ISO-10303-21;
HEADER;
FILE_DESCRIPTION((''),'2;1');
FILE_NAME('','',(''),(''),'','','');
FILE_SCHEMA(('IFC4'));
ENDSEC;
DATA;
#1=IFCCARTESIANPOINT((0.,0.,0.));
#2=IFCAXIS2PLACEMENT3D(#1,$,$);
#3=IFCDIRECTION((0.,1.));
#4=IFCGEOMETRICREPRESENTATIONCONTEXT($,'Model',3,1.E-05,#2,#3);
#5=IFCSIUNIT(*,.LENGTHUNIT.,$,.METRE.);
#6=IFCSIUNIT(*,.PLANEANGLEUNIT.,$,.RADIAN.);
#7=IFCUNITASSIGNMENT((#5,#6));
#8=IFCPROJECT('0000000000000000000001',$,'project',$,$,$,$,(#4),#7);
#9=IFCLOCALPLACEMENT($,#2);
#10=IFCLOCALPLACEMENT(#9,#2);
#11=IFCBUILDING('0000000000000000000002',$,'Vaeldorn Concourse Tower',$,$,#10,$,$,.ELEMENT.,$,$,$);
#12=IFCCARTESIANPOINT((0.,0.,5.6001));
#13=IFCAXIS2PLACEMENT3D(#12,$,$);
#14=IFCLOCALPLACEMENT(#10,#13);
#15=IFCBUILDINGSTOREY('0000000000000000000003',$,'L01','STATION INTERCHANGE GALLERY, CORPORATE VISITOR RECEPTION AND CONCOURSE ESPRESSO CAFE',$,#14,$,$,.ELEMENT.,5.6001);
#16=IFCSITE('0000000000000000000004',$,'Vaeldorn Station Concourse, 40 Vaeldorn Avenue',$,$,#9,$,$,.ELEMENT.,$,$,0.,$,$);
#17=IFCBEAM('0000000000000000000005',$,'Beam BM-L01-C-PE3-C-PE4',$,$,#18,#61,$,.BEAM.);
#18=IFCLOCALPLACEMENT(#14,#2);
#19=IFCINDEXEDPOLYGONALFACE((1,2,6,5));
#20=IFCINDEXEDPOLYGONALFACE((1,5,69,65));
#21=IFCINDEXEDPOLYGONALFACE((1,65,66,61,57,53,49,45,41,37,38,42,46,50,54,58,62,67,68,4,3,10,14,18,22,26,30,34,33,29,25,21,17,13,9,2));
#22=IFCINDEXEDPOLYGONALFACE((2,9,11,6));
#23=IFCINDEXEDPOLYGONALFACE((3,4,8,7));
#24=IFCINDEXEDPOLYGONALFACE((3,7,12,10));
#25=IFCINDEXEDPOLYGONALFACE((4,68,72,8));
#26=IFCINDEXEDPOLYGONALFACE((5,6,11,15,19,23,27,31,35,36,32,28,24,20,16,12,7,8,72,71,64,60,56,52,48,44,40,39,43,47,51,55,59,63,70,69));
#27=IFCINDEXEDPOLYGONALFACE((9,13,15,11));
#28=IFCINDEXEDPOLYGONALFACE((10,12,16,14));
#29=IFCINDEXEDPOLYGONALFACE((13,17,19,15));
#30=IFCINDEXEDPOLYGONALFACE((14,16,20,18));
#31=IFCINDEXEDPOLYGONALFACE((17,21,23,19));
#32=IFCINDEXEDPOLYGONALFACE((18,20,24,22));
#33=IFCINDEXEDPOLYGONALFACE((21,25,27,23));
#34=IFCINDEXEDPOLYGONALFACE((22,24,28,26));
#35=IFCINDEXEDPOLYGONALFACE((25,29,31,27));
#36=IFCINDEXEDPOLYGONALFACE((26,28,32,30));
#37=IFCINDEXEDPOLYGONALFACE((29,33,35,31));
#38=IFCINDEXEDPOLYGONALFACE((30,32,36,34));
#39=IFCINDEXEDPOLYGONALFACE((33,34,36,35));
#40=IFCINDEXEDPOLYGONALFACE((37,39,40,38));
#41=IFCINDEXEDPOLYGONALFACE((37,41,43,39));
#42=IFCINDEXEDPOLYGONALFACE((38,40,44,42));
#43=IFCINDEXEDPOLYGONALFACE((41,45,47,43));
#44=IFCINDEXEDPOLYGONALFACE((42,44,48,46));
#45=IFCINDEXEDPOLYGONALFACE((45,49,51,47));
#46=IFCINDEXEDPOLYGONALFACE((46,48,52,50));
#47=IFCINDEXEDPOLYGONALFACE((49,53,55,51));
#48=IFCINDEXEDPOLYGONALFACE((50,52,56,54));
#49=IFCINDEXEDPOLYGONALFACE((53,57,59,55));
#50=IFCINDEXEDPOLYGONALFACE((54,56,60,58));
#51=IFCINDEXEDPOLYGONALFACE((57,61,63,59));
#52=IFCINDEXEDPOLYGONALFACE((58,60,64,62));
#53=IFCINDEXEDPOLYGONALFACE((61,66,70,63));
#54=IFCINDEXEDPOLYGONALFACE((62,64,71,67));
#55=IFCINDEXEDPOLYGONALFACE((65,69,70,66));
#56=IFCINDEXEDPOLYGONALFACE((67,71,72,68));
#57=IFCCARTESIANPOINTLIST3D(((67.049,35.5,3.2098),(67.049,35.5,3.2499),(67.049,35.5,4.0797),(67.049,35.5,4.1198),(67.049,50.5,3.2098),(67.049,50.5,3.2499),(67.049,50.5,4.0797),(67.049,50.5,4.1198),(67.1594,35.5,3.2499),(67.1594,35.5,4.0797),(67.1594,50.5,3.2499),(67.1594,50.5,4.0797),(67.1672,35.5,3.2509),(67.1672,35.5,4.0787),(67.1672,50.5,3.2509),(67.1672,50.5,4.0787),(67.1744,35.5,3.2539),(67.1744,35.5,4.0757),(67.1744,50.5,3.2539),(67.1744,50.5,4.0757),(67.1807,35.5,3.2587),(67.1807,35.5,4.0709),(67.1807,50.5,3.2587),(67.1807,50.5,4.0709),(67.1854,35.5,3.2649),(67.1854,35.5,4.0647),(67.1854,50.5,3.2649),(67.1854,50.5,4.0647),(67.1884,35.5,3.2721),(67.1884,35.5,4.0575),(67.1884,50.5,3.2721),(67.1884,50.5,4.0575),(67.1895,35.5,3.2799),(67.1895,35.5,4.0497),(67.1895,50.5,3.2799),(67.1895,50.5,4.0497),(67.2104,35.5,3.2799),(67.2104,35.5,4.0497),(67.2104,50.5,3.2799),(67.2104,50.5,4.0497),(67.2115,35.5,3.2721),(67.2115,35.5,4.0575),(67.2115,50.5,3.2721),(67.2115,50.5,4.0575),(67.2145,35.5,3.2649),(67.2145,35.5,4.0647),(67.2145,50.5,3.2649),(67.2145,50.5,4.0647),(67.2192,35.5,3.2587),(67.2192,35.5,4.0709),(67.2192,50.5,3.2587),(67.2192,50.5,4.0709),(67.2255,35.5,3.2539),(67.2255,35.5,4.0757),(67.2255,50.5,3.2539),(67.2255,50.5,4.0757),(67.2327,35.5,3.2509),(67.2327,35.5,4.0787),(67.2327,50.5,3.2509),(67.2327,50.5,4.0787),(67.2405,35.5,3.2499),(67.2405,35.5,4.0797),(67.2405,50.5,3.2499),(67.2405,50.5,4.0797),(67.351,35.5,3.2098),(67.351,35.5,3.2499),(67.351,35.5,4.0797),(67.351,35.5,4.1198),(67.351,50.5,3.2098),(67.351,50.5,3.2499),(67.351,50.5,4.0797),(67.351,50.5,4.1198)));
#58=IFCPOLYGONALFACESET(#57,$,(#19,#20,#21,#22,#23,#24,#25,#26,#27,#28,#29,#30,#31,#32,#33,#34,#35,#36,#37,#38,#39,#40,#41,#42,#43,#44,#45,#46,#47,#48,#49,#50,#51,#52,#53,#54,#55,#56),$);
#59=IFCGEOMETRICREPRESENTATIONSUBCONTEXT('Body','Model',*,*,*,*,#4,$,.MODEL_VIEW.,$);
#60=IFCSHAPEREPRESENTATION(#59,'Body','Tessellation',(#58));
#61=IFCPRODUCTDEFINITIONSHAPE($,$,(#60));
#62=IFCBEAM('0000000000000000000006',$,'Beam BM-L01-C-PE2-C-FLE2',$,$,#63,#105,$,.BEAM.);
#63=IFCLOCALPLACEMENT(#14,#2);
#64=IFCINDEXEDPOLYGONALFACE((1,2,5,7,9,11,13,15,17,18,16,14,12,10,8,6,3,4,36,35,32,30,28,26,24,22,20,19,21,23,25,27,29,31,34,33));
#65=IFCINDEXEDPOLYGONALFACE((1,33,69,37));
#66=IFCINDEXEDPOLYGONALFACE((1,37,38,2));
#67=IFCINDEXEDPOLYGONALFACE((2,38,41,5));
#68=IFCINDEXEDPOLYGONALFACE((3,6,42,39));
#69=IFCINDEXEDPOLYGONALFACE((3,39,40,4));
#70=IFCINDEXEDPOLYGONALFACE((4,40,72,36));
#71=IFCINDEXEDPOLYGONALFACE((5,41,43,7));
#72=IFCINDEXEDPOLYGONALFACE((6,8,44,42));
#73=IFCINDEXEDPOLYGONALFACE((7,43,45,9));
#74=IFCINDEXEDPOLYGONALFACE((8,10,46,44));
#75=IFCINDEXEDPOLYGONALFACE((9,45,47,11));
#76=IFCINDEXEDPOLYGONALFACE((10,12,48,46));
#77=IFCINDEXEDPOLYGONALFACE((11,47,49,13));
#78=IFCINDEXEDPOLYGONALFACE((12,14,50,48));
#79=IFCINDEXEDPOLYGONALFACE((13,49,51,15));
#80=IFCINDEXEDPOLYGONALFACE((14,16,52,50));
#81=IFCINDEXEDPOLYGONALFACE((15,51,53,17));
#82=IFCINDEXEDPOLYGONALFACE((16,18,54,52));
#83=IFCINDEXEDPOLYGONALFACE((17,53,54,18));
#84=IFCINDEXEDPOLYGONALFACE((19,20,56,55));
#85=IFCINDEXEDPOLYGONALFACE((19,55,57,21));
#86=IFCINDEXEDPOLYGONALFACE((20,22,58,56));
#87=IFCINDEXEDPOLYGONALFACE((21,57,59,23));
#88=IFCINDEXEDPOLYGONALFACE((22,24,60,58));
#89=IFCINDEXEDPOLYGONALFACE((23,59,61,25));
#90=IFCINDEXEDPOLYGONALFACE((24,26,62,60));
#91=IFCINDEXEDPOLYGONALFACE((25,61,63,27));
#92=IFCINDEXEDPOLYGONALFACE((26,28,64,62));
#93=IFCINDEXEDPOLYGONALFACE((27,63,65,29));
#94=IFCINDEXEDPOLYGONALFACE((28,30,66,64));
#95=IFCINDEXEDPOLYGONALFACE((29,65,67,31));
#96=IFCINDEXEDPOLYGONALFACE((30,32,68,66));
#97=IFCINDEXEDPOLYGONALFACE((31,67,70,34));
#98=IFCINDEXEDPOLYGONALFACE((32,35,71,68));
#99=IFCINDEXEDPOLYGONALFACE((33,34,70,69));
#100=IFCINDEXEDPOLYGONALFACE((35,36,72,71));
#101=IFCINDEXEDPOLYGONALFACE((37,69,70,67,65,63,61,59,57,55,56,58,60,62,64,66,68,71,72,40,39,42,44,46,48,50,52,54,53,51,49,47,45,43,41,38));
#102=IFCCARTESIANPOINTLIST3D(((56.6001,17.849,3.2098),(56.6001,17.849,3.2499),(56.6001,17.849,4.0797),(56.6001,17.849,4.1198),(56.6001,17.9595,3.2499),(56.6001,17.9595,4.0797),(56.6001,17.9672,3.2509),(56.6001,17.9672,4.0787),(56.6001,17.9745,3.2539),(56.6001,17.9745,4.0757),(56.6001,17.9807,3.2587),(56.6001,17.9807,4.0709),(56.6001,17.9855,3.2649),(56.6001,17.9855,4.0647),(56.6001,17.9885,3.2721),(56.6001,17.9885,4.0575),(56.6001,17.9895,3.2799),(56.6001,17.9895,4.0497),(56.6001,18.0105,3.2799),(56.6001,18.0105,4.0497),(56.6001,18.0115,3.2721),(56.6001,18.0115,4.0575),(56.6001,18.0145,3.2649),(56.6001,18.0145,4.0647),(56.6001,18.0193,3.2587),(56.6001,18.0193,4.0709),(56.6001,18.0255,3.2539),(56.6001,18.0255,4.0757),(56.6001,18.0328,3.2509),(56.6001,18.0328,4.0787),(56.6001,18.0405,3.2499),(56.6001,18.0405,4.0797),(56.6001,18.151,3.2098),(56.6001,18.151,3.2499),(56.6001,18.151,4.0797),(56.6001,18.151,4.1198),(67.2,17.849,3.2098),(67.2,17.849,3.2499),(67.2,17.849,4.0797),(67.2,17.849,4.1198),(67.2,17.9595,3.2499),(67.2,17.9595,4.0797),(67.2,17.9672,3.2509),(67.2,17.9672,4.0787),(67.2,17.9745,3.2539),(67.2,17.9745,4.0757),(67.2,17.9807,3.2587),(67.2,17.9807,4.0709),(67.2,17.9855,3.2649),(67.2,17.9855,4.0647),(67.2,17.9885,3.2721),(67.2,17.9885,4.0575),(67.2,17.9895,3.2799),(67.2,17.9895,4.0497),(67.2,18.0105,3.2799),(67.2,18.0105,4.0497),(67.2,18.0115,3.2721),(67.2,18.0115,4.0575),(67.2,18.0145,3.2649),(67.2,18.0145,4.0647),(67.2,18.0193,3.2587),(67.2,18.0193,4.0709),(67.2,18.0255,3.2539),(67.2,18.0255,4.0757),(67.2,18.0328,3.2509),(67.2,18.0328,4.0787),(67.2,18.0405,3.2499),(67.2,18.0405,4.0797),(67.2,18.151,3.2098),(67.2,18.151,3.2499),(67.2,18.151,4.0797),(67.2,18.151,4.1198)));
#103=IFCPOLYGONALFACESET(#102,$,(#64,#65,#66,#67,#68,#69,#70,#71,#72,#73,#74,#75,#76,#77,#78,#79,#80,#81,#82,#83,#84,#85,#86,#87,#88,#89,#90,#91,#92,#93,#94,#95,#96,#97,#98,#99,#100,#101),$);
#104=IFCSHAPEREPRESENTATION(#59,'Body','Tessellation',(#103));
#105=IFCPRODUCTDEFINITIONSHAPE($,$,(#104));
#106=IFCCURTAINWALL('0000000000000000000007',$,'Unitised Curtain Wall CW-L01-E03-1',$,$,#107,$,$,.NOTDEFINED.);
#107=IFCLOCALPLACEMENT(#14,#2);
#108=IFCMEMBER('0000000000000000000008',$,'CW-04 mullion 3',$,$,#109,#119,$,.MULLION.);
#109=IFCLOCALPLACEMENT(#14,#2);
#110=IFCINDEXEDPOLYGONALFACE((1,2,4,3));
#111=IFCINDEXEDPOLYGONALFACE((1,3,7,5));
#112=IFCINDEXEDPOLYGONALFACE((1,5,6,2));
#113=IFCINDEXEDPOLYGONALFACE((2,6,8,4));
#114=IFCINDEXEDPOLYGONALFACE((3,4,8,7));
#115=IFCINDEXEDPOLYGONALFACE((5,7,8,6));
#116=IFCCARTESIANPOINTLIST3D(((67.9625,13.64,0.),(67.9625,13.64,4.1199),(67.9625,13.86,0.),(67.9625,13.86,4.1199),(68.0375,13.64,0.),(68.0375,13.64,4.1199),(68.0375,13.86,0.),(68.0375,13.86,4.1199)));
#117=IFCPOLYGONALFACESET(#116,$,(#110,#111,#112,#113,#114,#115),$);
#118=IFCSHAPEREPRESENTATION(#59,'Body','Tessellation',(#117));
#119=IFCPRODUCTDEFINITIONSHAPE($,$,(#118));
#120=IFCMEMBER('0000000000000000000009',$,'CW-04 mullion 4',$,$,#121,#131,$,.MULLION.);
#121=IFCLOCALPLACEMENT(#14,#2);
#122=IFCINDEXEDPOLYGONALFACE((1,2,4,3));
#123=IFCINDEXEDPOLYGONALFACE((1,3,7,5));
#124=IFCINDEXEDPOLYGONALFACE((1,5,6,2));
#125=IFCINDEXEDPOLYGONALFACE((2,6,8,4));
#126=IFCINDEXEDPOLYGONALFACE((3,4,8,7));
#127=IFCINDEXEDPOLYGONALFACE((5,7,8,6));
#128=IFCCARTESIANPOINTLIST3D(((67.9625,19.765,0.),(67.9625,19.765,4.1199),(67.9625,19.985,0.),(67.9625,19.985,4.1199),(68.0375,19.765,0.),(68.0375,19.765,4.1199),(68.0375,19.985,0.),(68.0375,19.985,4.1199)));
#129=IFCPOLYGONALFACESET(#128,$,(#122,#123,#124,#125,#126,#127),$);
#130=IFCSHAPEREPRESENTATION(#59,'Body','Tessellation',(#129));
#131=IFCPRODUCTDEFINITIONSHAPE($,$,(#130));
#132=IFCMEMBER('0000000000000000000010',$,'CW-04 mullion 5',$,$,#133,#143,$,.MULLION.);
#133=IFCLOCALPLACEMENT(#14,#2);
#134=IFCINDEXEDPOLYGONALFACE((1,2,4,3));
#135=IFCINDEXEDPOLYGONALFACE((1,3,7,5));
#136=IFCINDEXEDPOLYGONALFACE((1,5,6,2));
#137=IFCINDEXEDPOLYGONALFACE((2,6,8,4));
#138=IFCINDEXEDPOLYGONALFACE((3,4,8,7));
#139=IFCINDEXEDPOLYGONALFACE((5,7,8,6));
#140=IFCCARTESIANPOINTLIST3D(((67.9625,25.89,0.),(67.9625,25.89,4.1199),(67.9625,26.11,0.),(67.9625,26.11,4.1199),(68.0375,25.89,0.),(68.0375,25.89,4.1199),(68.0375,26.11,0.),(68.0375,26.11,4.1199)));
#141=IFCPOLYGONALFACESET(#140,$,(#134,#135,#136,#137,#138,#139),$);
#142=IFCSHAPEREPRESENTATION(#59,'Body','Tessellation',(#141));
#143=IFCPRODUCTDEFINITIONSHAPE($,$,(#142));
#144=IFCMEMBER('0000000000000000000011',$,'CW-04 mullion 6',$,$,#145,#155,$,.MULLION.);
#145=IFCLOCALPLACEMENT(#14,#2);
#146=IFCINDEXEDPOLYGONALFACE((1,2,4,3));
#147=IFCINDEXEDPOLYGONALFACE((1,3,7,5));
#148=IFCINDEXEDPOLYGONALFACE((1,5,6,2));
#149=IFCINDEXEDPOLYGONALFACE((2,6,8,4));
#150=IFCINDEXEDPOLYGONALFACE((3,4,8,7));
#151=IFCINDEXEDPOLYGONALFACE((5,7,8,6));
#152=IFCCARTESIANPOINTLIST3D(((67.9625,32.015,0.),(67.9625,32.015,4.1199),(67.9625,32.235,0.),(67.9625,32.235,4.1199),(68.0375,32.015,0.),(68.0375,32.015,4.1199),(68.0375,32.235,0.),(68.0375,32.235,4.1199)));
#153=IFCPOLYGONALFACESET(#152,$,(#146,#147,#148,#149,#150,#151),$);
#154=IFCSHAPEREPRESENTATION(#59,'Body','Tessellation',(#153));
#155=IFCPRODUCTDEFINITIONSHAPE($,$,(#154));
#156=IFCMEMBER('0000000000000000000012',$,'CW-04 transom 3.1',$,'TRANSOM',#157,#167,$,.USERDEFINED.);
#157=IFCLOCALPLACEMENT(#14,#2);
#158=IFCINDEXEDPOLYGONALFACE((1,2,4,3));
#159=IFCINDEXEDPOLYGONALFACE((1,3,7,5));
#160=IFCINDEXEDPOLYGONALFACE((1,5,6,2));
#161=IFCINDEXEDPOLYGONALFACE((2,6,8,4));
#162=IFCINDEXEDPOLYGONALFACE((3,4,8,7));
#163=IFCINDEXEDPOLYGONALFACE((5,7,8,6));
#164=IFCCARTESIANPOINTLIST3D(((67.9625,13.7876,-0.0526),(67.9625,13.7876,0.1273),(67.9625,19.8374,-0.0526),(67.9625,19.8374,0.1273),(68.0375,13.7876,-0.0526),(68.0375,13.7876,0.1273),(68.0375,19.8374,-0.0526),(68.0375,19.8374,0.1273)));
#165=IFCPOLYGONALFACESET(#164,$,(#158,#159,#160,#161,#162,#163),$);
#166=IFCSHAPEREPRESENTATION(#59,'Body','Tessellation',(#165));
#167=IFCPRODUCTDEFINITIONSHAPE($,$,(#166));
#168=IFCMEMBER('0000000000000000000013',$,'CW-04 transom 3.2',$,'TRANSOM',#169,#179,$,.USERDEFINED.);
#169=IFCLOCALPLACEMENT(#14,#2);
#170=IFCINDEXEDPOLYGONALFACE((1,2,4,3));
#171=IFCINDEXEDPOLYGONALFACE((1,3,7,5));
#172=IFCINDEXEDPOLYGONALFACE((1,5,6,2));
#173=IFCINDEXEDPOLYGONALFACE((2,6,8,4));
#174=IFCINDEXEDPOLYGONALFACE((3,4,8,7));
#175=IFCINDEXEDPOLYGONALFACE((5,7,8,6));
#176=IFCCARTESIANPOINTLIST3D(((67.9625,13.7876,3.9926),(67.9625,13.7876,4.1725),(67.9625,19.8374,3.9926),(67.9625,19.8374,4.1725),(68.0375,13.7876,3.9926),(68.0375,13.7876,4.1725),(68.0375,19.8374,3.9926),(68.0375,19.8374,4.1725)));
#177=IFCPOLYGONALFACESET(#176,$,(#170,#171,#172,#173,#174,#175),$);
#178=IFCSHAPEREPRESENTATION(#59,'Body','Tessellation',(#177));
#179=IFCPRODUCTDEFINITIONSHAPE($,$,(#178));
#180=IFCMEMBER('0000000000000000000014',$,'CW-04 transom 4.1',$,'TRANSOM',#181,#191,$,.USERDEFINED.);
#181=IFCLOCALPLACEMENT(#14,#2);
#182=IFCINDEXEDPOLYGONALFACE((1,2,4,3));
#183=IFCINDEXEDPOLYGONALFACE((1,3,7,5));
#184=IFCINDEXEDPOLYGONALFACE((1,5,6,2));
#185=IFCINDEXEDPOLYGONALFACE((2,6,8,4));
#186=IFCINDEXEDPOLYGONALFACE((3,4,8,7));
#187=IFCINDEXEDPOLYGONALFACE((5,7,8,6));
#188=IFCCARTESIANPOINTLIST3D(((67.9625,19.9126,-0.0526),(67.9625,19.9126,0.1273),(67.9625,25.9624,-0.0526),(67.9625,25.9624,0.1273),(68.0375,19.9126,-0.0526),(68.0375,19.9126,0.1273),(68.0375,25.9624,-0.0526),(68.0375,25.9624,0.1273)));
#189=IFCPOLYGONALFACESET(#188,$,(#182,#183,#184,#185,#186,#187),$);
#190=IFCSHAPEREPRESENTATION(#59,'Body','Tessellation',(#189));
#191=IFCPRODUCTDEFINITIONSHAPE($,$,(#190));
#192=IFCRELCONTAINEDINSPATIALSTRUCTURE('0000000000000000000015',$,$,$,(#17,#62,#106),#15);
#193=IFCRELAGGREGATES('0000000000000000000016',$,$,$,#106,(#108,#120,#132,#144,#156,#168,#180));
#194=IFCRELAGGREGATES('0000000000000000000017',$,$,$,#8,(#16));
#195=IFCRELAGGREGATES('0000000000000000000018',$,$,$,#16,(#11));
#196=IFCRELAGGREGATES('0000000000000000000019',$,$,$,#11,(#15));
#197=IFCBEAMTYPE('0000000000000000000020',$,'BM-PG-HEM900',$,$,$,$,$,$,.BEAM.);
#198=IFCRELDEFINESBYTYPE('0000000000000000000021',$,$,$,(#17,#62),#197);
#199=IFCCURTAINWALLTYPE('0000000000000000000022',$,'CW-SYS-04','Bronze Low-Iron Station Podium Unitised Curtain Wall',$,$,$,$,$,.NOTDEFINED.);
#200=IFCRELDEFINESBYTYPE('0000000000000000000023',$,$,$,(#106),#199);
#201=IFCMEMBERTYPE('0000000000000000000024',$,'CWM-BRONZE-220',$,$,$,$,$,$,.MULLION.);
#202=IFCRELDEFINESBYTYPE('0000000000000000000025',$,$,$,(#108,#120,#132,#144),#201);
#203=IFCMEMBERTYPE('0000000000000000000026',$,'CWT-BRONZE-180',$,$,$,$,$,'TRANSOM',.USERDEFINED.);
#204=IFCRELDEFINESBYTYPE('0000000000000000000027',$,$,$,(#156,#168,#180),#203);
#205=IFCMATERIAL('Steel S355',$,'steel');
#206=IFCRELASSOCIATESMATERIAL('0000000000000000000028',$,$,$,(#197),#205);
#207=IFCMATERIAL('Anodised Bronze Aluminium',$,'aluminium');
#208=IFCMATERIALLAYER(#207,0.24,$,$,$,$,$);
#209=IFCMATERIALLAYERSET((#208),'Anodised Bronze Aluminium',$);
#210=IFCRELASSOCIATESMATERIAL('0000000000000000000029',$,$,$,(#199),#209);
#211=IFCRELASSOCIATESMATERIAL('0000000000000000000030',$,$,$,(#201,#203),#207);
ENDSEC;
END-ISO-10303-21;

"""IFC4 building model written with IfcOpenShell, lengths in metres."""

from ifc_helpers import new_model, si_unit, direction, frame, origin, origin_2d, place, context, subcontext, project, spatial, rectangle, i_section, extrude, source, transform, mapped, material, layer, layer_set, material_profile, profile_set, type_object, element, aggregate, save


model = new_model("IFC4")

# Units and contexts
model_context = context("Model", 3, precision=1e-05, world=origin(), true_north=direction((0.0, 1.0)))
body_context = subcontext(model_context, "Body", "Model", "MODEL_VIEW")
ifc_project = project(units=[si_unit("LENGTHUNIT", "METRE"), si_unit("PLANEANGLEUNIT", "RADIAN")], contexts=[model_context])

# Site, building, storey
site_placement = place(None, origin())
site = spatial("IfcSite", under=ifc_project, at=site_placement, Name="Vaeldorn Station Concourse, 40 Vaeldorn Avenue", CompositionType="ELEMENT", RefElevation=0.0)
building_placement = place(site_placement, origin())
building = spatial("IfcBuilding", under=site, at=building_placement, Name="Vaeldorn Concourse Tower", CompositionType="ELEMENT")
storey_placement = place(building_placement, frame((0.0, 0.0, 5.6001)))
storey = spatial("IfcBuildingStorey", under=building, at=storey_placement, Name="L01", Description="STATION INTERCHANGE GALLERY, CORPORATE VISITOR RECEPTION AND CONCOURSE ESPRESSO CAFE", CompositionType="ELEMENT", Elevation=5.6001)

# Beams
ifc_material_1 = material(Name="Steel S355", Category="steel")
ifc_material_profile_1 = material_profile(ifc_material_1, i_section(OverallWidth=0.302, OverallDepth=0.9099, WebThickness=0.021, FlangeThickness=0.04, FilletRadius=0.03, at=origin_2d()), Name="HEM 900")
ifc_profile_set_1 = profile_set([ifc_material_profile_1], Name="Steel S355")
beam_type = type_object("IfcBeamType", Name="BM-PG-HEM900", PredefinedType="BEAM", material=ifc_profile_set_1)
shared_shape_1 = source(origin(), body_context, "Body", "SweptSolid", [
    extrude(i_section(OverallWidth=0.302, OverallDepth=0.9099, WebThickness=0.021, FlangeThickness=0.04, FilletRadius=0.03, at=origin_2d()), origin(), (0.0, 0.0, 1.0), 15.0),
])
beam_1_placement = place(storey_placement, frame((67.2, 35.5, 3.6648), z_axis=(0.0, 1.0, 0.0), x_axis=(-1.0, 0.0, 0.0)))
element("IfcBeam", 1, at=beam_1_placement, inside=storey, type_object=beam_type, Name="Beam BM-L01-C-PE3-C-PE4", PredefinedType="BEAM", context=body_context, shape_type="MappedRepresentation", body=[
    mapped(shared_shape_1, transform((0.0, 0.0, 0.0), scale=1.0)),
])
shared_shape_2 = source(origin(), body_context, "Body", "SweptSolid", [
    extrude(i_section(OverallWidth=0.302, OverallDepth=0.9099, WebThickness=0.021, FlangeThickness=0.04, FilletRadius=0.03, at=origin_2d()), origin(), (0.0, 0.0, 1.0), 10.5999),
])
beam_2_placement = place(storey_placement, frame((67.2, 18.0, 3.6648), z_axis=(-1.0, 0.0, 0.0), x_axis=(0.0, -1.0, 0.0)))
element("IfcBeam", 2, at=beam_2_placement, inside=storey, type_object=beam_type, Name="Beam BM-L01-C-PE2-C-FLE2", PredefinedType="BEAM", context=body_context, shape_type="MappedRepresentation", body=[
    mapped(shared_shape_2, transform((0.0, 0.0, 0.0), scale=1.0)),
])

# Curtain wall, members
ifc_material_2 = material(Name="Anodised Bronze Aluminium", Category="aluminium")
ifc_layer_1 = layer(ifc_material_2, 0.24)
ifc_layer_set_1 = layer_set([ifc_layer_1], Name="Anodised Bronze Aluminium")
curtain_wall_type = type_object("IfcCurtainWallType", Name="CW-SYS-04", Description="Bronze Low-Iron Station Podium Unitised Curtain Wall", PredefinedType="NOTDEFINED", material=ifc_layer_set_1)
curtain_wall_placement = place(storey_placement, origin())
curtain_wall = element("IfcCurtainWall", 3, at=curtain_wall_placement, inside=storey, type_object=curtain_wall_type, Name="Unitised Curtain Wall CW-L01-E03-1", PredefinedType="NOTDEFINED")
ifc_material_profile_2 = material_profile(ifc_material_2, rectangle(XDim=0.075, YDim=0.22, at=origin_2d()), Name="CWM 75x220")
ifc_profile_set_2 = profile_set([ifc_material_profile_2], Name="Anodised Bronze Aluminium")
member_type_1 = type_object("IfcMemberType", Name="CWM-BRONZE-220", PredefinedType="MULLION", material=ifc_profile_set_2)
shared_shape_3 = source(origin(), body_context, "Body", "SweptSolid", [
    extrude(rectangle(XDim=0.075, YDim=0.22, at=origin_2d()), origin(), (0.0, 0.0, 1.0), 4.1199),
])
member_1_placement = place(storey_placement, frame((68.0, 13.75, 0.0), z_axis=(0.0, 0.0, 1.0), x_axis=(-1.0, 0.0, 0.0)))
member_1 = element("IfcMember", 4, at=member_1_placement, type_object=member_type_1, Name="CW-04 mullion 3", PredefinedType="MULLION", context=body_context, shape_type="MappedRepresentation", body=[
    mapped(shared_shape_3, transform((0.0, 0.0, 0.0), scale=1.0)),
])
member_2_placement = place(storey_placement, frame((68.0, 19.875, 0.0), z_axis=(0.0, 0.0, 1.0), x_axis=(-1.0, 0.0, 0.0)))
member_2 = element("IfcMember", 5, at=member_2_placement, type_object=member_type_1, Name="CW-04 mullion 4", PredefinedType="MULLION", context=body_context, shape_type="MappedRepresentation", body=[
    mapped(shared_shape_3, transform((0.0, 0.0, 0.0), scale=1.0)),
])
member_3_placement = place(storey_placement, frame((68.0, 26.0, 0.0), z_axis=(0.0, 0.0, 1.0), x_axis=(-1.0, 0.0, 0.0)))
member_3 = element("IfcMember", 6, at=member_3_placement, type_object=member_type_1, Name="CW-04 mullion 5", PredefinedType="MULLION", context=body_context, shape_type="MappedRepresentation", body=[
    mapped(shared_shape_3, transform((0.0, 0.0, 0.0), scale=1.0)),
])
member_4_placement = place(storey_placement, frame((68.0, 32.125, 0.0), z_axis=(0.0, 0.0, 1.0), x_axis=(-1.0, 0.0, 0.0)))
member_4 = element("IfcMember", 7, at=member_4_placement, type_object=member_type_1, Name="CW-04 mullion 6", PredefinedType="MULLION", context=body_context, shape_type="MappedRepresentation", body=[
    mapped(shared_shape_3, transform((0.0, 0.0, 0.0), scale=1.0)),
])
ifc_material_profile_3 = material_profile(ifc_material_2, rectangle(XDim=0.075, YDim=0.1799, at=origin_2d()), Name="CWT 75x180")
ifc_profile_set_3 = profile_set([ifc_material_profile_3], Name="Anodised Bronze Aluminium")
member_type_2 = type_object("IfcMemberType", Name="CWT-BRONZE-180", ElementType="TRANSOM", PredefinedType="USERDEFINED", material=ifc_profile_set_3)
shared_shape_4 = source(origin(), body_context, "Body", "SweptSolid", [
    extrude(rectangle(XDim=0.075, YDim=0.1799, at=origin_2d()), origin(), (0.0, 0.0, 1.0), 6.0498),
])
member_5_placement = place(storey_placement, frame((68.0, 13.7876, 0.0374), z_axis=(0.0, 1.0, 0.0), x_axis=(-1.0, 0.0, 0.0)))
member_5 = element("IfcMember", 8, at=member_5_placement, type_object=member_type_2, Name="CW-04 transom 3.1", ObjectType="TRANSOM", PredefinedType="USERDEFINED", context=body_context, shape_type="MappedRepresentation", body=[
    mapped(shared_shape_4, transform((0.0, 0.0, 0.0), scale=1.0)),
])
member_6_placement = place(storey_placement, frame((68.0, 13.7876, 4.0825), z_axis=(0.0, 1.0, 0.0), x_axis=(-1.0, 0.0, 0.0)))
member_6 = element("IfcMember", 9, at=member_6_placement, type_object=member_type_2, Name="CW-04 transom 3.2", ObjectType="TRANSOM", PredefinedType="USERDEFINED", context=body_context, shape_type="MappedRepresentation", body=[
    mapped(shared_shape_4, transform((0.0, 0.0, 0.0), scale=1.0)),
])
member_7_placement = place(storey_placement, frame((68.0, 19.9126, 0.0374), z_axis=(0.0, 1.0, 0.0), x_axis=(-1.0, 0.0, 0.0)))
member_7 = element("IfcMember", 10, at=member_7_placement, type_object=member_type_2, Name="CW-04 transom 4.1", ObjectType="TRANSOM", PredefinedType="USERDEFINED", context=body_context, shape_type="MappedRepresentation", body=[
    mapped(shared_shape_4, transform((0.0, 0.0, 0.0), scale=1.0)),
])
aggregate(curtain_wall, [member_1, member_2, member_3, member_4, member_5, member_6, member_7])

save(model, "model.ifc")
